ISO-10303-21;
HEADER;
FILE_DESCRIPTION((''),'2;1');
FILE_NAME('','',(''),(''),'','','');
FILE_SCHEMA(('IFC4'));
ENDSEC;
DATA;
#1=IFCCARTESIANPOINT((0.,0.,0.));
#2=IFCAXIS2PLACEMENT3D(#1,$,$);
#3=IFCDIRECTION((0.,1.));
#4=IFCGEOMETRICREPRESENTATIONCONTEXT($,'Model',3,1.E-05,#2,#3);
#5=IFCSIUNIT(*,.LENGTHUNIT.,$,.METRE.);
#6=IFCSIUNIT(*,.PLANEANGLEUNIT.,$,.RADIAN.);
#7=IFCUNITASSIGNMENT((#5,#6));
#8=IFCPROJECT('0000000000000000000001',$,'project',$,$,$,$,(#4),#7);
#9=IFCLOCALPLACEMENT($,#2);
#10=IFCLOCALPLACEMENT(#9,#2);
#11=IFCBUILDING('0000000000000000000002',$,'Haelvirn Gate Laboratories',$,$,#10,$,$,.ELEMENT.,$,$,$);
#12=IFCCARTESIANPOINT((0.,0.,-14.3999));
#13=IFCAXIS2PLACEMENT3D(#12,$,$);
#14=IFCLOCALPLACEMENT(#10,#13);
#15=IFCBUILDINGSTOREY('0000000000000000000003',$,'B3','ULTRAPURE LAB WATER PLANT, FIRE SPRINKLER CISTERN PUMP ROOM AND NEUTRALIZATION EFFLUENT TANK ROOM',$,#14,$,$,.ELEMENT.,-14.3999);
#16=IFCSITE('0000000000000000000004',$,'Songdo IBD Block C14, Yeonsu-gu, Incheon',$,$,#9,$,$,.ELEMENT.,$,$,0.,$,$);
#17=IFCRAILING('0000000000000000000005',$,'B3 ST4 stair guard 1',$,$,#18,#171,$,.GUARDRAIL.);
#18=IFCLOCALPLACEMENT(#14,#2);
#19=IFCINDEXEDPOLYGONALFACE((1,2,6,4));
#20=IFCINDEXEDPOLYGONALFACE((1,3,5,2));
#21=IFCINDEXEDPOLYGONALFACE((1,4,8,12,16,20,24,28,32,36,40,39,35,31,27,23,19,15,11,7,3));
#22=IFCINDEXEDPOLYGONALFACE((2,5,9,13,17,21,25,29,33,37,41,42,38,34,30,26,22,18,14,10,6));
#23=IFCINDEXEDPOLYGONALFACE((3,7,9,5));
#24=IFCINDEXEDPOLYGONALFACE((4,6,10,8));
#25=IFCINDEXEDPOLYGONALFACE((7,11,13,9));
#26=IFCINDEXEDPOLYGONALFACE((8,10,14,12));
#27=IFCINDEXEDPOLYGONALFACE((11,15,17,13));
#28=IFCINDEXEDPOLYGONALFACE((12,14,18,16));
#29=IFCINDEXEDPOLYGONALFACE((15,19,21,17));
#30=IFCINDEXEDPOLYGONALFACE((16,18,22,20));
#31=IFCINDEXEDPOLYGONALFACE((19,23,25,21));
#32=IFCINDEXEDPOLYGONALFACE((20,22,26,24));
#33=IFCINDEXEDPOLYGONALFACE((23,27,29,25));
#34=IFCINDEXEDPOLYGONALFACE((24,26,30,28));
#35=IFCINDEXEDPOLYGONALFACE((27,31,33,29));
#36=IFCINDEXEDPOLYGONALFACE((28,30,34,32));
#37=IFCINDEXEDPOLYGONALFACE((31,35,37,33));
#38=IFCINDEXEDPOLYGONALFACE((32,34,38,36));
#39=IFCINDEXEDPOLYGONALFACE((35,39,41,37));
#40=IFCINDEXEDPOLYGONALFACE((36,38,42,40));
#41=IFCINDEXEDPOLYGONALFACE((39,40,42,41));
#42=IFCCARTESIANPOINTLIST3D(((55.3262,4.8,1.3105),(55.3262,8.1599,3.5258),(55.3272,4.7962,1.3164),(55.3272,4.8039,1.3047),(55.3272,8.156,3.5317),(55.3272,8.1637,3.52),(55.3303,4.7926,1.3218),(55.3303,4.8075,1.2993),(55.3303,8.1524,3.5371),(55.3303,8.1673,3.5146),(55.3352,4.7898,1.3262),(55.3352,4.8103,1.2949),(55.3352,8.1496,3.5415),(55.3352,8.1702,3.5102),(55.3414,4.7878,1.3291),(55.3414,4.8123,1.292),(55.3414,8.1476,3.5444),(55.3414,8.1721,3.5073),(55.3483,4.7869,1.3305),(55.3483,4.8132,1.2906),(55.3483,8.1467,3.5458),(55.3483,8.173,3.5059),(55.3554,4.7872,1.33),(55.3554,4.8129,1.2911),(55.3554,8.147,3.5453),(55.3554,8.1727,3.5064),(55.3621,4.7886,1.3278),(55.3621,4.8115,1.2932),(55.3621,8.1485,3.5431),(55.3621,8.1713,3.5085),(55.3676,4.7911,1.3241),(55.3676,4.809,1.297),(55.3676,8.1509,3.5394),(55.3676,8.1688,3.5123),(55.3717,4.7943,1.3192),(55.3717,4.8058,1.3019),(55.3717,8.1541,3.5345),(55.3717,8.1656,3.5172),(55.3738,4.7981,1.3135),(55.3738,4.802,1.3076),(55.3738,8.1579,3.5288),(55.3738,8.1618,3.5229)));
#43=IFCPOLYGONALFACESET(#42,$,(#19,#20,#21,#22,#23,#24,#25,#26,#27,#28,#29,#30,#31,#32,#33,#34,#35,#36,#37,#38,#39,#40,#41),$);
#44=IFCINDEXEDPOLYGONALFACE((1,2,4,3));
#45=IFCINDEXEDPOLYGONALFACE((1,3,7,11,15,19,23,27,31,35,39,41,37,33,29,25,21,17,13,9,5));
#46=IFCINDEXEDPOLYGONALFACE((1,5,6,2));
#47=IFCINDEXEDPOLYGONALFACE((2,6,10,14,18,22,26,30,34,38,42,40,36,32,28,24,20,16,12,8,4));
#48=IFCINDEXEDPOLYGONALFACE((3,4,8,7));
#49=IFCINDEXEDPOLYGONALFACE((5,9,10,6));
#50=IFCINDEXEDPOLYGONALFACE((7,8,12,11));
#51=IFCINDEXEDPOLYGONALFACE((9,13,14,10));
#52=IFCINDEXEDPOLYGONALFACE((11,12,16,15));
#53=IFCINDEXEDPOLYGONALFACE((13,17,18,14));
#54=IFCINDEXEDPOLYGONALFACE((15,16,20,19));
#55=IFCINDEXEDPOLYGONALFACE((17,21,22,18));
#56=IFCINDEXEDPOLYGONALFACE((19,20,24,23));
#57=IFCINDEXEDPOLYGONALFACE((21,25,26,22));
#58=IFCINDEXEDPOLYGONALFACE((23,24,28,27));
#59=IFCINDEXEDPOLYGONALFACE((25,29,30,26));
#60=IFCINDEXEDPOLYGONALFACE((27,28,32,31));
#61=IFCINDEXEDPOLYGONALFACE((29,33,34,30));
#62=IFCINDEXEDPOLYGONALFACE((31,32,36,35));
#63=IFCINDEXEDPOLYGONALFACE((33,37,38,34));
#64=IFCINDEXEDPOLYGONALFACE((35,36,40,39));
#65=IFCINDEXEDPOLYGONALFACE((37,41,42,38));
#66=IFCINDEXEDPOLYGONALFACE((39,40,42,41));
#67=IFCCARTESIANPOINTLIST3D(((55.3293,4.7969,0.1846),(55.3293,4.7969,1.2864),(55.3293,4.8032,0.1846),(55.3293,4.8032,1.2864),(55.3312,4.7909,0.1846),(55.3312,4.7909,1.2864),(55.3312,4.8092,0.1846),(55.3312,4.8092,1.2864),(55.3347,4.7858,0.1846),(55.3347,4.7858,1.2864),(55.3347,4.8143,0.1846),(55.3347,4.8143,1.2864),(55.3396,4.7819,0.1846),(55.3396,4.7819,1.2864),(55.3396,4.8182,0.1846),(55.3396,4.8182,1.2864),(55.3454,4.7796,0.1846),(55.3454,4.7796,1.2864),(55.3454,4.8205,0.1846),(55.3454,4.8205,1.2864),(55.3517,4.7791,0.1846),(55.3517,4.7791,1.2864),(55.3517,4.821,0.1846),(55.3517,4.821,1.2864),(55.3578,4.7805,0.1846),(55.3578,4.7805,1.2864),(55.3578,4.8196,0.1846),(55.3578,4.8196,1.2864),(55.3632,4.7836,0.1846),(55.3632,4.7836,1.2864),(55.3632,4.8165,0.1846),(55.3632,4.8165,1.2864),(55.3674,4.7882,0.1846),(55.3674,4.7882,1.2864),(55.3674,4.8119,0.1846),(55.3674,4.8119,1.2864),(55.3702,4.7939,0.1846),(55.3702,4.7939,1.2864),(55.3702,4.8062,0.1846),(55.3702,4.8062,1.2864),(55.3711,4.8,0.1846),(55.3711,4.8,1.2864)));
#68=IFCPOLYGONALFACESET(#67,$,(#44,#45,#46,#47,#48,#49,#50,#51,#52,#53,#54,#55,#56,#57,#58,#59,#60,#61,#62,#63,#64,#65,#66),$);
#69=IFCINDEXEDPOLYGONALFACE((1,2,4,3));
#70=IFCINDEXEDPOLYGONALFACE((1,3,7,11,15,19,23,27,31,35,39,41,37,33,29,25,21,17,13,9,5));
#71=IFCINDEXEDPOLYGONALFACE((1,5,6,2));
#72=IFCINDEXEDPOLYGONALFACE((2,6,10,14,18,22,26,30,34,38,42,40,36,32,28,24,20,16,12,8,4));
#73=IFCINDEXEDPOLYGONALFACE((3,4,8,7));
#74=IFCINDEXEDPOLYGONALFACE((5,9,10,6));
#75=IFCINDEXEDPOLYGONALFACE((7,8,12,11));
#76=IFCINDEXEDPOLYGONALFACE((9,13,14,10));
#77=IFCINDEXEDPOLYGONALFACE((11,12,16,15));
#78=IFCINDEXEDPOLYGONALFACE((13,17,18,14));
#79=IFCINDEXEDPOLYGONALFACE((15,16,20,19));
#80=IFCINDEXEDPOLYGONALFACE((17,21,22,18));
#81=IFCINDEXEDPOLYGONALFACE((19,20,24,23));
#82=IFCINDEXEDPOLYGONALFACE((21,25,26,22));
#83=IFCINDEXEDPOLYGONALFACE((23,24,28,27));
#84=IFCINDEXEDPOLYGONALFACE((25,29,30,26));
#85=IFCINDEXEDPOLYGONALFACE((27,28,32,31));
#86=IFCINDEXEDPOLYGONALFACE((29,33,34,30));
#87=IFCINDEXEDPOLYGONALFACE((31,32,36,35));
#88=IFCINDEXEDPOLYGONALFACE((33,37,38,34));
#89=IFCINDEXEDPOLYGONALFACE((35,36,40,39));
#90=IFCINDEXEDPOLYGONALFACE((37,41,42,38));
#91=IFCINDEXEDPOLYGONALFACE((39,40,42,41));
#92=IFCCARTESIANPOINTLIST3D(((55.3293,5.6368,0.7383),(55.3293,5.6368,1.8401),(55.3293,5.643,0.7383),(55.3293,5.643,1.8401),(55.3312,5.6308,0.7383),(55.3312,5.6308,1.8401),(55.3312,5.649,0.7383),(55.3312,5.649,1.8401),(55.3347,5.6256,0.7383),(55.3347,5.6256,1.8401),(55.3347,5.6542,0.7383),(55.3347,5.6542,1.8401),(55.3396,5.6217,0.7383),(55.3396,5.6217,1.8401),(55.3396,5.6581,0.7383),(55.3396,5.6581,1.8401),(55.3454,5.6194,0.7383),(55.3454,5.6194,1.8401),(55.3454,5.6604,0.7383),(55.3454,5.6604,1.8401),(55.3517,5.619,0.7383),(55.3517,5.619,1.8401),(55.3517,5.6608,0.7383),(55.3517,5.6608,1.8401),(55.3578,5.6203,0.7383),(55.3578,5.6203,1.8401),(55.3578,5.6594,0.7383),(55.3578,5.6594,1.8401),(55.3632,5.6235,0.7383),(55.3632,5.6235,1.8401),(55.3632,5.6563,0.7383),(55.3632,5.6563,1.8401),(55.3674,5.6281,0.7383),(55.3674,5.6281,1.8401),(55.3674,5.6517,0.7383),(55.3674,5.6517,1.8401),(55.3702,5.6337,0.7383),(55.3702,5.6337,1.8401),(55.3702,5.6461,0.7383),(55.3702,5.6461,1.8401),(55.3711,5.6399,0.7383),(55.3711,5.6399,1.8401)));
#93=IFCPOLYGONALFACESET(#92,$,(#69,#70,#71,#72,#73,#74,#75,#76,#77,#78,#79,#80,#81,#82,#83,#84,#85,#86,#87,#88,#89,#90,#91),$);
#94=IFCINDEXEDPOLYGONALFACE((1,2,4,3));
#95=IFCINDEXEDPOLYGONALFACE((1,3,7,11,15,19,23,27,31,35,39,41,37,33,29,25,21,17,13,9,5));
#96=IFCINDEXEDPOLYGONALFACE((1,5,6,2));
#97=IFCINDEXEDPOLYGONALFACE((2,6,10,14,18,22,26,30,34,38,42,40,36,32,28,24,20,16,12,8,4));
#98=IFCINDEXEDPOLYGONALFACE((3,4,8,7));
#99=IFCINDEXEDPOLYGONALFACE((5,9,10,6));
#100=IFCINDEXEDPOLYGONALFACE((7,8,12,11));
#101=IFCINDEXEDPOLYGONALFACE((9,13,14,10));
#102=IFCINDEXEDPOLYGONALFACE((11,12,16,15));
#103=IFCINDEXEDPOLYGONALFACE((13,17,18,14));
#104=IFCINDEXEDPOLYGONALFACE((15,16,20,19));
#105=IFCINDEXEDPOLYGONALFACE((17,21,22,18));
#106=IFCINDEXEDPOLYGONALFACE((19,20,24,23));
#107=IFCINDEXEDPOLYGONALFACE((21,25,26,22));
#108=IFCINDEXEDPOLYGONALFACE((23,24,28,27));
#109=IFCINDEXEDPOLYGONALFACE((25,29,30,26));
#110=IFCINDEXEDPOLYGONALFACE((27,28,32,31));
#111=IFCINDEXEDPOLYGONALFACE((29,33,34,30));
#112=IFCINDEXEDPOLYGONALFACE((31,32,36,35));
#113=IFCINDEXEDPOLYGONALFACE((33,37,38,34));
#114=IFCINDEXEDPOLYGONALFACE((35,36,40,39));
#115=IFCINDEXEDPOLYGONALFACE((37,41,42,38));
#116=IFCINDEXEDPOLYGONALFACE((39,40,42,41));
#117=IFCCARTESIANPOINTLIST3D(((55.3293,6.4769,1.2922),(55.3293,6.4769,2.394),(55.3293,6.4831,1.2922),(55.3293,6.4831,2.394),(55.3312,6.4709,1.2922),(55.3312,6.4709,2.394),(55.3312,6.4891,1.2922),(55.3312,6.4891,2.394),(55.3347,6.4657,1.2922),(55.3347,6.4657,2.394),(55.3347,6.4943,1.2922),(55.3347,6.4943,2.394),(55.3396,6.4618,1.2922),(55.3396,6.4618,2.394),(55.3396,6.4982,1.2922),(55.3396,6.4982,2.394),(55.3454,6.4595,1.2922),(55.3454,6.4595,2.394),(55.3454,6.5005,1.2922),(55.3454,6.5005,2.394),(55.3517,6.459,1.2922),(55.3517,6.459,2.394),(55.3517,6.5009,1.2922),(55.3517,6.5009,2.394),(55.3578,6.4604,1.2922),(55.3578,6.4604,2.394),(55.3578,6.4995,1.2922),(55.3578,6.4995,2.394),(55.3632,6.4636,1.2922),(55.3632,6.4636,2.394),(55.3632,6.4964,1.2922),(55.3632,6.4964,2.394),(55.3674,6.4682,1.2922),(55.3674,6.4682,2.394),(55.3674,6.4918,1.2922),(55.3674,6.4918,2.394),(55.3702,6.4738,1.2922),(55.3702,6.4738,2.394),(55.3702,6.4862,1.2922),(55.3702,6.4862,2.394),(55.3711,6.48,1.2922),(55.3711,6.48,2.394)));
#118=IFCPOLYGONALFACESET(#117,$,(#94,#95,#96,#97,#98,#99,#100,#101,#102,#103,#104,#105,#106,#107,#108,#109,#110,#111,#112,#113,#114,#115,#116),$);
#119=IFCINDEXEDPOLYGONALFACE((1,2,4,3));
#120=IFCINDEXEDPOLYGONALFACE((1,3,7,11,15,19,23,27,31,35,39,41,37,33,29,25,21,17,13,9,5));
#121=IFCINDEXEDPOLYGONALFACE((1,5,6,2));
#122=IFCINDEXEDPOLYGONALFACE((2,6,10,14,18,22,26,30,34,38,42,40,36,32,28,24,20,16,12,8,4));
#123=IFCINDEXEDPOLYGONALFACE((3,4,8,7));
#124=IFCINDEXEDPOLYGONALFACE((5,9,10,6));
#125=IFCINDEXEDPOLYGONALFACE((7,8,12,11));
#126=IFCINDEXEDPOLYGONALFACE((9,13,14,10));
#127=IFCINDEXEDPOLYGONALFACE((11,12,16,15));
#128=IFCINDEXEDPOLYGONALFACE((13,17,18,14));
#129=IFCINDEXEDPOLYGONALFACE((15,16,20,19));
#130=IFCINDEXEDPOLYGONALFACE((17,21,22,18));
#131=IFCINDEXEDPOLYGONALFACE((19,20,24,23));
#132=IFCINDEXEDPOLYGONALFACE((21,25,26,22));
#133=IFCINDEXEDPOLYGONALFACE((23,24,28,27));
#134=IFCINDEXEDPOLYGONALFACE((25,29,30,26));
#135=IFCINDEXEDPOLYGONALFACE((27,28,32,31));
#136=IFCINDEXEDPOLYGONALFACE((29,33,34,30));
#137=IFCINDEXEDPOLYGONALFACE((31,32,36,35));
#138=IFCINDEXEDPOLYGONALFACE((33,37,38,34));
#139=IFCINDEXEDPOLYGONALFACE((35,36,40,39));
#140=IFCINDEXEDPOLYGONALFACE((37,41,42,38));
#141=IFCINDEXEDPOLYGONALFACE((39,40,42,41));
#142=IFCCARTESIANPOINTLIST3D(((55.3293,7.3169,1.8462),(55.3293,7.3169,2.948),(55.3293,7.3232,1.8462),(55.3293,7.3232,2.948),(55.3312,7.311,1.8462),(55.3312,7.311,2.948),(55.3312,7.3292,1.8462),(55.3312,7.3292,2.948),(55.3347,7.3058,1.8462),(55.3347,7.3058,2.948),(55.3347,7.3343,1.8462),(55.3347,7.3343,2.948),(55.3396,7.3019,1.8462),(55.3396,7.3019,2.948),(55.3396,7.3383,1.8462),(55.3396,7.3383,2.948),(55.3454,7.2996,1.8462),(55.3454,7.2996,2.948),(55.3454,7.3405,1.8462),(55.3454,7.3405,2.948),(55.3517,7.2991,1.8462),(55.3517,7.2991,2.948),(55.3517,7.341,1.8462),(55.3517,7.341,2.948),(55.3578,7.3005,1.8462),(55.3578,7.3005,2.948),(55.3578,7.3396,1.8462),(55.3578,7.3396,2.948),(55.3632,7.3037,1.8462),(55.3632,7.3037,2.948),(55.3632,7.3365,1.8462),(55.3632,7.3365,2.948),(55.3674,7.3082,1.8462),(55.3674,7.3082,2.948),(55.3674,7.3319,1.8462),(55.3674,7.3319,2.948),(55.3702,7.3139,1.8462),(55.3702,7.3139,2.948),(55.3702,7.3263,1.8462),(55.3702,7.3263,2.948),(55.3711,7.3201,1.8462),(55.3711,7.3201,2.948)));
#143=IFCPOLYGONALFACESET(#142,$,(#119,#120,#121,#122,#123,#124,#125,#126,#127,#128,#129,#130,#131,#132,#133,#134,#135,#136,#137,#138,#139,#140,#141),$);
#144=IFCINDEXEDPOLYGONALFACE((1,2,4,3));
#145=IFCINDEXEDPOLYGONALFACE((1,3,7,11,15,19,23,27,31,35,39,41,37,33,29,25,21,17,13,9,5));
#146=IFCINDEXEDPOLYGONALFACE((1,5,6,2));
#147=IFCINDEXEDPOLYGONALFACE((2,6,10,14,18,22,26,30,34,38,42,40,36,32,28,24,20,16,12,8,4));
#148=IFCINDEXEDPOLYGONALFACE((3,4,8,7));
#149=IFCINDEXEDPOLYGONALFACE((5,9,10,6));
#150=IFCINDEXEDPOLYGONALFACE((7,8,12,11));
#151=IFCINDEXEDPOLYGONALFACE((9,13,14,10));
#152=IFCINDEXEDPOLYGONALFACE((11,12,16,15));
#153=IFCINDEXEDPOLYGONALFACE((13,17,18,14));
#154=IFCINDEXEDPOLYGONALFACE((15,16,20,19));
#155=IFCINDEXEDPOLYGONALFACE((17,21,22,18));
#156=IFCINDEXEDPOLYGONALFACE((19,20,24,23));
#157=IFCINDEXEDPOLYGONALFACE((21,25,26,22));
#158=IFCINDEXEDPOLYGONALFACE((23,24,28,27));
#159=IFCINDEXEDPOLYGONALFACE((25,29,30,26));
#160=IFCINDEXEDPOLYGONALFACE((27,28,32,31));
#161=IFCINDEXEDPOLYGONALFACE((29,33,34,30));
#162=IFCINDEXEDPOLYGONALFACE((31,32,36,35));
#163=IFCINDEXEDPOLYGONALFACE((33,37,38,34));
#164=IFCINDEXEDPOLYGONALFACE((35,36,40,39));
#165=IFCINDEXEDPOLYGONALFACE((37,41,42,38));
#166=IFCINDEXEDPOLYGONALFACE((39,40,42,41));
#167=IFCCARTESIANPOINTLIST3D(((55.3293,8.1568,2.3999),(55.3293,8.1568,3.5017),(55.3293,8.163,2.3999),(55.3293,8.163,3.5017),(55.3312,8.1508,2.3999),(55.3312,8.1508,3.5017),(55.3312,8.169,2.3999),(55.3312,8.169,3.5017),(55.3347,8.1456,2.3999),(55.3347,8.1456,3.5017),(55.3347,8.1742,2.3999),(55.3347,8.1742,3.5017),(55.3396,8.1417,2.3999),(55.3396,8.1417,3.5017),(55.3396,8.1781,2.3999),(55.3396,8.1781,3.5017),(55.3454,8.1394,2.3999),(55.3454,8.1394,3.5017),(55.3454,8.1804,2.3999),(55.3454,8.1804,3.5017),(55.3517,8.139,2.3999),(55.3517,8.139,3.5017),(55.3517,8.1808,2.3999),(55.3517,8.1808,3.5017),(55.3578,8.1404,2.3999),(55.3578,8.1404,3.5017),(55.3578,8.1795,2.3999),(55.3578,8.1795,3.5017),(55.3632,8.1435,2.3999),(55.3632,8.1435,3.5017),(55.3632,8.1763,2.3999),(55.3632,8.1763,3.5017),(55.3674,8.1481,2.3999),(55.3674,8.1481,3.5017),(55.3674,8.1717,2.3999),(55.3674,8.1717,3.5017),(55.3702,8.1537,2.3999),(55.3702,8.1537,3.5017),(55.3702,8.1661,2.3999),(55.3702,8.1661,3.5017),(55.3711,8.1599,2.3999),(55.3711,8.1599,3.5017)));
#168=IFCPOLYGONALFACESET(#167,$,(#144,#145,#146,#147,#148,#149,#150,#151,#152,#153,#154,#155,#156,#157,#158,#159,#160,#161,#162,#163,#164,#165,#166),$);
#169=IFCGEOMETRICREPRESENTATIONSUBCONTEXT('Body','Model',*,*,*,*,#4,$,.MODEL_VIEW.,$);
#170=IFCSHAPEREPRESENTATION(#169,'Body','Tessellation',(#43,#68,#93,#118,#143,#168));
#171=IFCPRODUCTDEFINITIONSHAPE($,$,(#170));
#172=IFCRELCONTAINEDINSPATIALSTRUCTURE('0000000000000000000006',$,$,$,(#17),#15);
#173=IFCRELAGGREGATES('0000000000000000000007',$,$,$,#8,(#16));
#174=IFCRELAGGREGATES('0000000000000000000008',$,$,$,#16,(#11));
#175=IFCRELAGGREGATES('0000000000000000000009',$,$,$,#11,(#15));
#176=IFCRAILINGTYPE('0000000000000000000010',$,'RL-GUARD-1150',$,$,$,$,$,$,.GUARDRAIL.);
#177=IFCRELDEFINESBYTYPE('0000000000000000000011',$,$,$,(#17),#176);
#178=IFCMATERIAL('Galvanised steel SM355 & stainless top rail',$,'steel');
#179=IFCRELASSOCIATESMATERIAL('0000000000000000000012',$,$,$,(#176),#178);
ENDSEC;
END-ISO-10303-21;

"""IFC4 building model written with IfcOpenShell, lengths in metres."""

from ifc_helpers import new_model, si_unit, direction, frame, origin, origin_2d, place, context, subcontext, project, spatial, circle, extrude, source, transform, mapped, material, type_object, element, save


model = new_model("IFC4")

# Units and contexts
model_context = context("Model", 3, precision=1e-05, world=origin(), true_north=direction((0.0, 1.0)))
body_context = subcontext(model_context, "Body", "Model", "MODEL_VIEW")
ifc_project = project(units=[si_unit("LENGTHUNIT", "METRE"), si_unit("PLANEANGLEUNIT", "RADIAN")], contexts=[model_context])

# Site, building, storey
site_placement = place(None, origin())
site = spatial("IfcSite", under=ifc_project, at=site_placement, Name="Songdo IBD Block C14, Yeonsu-gu, Incheon", CompositionType="ELEMENT", RefElevation=0.0)
building_placement = place(site_placement, origin())
building = spatial("IfcBuilding", under=site, at=building_placement, Name="Haelvirn Gate Laboratories", CompositionType="ELEMENT")
storey_placement = place(building_placement, frame((0.0, 0.0, -14.3999)))
storey = spatial("IfcBuildingStorey", under=building, at=storey_placement, Name="B3", Description="ULTRAPURE LAB WATER PLANT, FIRE SPRINKLER CISTERN PUMP ROOM AND NEUTRALIZATION EFFLUENT TANK ROOM", CompositionType="ELEMENT", Elevation=-14.3999)

# Railing
ifc_material_1 = material(Name="Galvanised steel SM355 & stainless top rail", Category="steel")
railing_type = type_object("IfcRailingType", Name="RL-GUARD-1150", PredefinedType="GUARDRAIL", material=ifc_material_1)
shared_shape_1 = source(origin(), body_context, "Body", "SweptSolid", [
    extrude(circle(Radius=0.0239, at=origin_2d()), frame((0.0, 0.0, 1.126), z_axis=(0.0, 0.834858, 0.550465), x_axis=(-1.0, 0.0, 0.0)), (0.0, 0.0, 1.0), 4.0244),
    extrude(circle(Radius=0.021, at=origin_2d()), origin(), (0.0, 0.0, 1.0), 1.1018),
    extrude(circle(Radius=0.021, at=origin_2d()), frame((0.0, 0.8398, 0.5537)), (0.0, 0.0, 1.0), 1.1018),
    extrude(circle(Radius=0.021, at=origin_2d()), frame((0.0, 1.6799, 1.1077)), (0.0, 0.0, 1.0), 1.1018),
    extrude(circle(Radius=0.021, at=origin_2d()), frame((0.0, 2.52, 1.6616)), (0.0, 0.0, 1.0), 1.1018),
    extrude(circle(Radius=0.021, at=origin_2d()), frame((0.0, 3.3599, 2.2153)), (0.0, 0.0, 1.0), 1.1018),
])
railing_1_placement = place(storey_placement, frame((55.3501, 4.8, 0.1846)))
element("IfcRailing", 1, at=railing_1_placement, inside=storey, type_object=railing_type, Name="B3 ST4 stair guard 1", PredefinedType="GUARDRAIL", context=body_context, shape_type="MappedRepresentation", body=[
    mapped(shared_shape_1, transform((0.0, 0.0, 0.0), scale=1.0)),
])

save(model, "model.ifc")
